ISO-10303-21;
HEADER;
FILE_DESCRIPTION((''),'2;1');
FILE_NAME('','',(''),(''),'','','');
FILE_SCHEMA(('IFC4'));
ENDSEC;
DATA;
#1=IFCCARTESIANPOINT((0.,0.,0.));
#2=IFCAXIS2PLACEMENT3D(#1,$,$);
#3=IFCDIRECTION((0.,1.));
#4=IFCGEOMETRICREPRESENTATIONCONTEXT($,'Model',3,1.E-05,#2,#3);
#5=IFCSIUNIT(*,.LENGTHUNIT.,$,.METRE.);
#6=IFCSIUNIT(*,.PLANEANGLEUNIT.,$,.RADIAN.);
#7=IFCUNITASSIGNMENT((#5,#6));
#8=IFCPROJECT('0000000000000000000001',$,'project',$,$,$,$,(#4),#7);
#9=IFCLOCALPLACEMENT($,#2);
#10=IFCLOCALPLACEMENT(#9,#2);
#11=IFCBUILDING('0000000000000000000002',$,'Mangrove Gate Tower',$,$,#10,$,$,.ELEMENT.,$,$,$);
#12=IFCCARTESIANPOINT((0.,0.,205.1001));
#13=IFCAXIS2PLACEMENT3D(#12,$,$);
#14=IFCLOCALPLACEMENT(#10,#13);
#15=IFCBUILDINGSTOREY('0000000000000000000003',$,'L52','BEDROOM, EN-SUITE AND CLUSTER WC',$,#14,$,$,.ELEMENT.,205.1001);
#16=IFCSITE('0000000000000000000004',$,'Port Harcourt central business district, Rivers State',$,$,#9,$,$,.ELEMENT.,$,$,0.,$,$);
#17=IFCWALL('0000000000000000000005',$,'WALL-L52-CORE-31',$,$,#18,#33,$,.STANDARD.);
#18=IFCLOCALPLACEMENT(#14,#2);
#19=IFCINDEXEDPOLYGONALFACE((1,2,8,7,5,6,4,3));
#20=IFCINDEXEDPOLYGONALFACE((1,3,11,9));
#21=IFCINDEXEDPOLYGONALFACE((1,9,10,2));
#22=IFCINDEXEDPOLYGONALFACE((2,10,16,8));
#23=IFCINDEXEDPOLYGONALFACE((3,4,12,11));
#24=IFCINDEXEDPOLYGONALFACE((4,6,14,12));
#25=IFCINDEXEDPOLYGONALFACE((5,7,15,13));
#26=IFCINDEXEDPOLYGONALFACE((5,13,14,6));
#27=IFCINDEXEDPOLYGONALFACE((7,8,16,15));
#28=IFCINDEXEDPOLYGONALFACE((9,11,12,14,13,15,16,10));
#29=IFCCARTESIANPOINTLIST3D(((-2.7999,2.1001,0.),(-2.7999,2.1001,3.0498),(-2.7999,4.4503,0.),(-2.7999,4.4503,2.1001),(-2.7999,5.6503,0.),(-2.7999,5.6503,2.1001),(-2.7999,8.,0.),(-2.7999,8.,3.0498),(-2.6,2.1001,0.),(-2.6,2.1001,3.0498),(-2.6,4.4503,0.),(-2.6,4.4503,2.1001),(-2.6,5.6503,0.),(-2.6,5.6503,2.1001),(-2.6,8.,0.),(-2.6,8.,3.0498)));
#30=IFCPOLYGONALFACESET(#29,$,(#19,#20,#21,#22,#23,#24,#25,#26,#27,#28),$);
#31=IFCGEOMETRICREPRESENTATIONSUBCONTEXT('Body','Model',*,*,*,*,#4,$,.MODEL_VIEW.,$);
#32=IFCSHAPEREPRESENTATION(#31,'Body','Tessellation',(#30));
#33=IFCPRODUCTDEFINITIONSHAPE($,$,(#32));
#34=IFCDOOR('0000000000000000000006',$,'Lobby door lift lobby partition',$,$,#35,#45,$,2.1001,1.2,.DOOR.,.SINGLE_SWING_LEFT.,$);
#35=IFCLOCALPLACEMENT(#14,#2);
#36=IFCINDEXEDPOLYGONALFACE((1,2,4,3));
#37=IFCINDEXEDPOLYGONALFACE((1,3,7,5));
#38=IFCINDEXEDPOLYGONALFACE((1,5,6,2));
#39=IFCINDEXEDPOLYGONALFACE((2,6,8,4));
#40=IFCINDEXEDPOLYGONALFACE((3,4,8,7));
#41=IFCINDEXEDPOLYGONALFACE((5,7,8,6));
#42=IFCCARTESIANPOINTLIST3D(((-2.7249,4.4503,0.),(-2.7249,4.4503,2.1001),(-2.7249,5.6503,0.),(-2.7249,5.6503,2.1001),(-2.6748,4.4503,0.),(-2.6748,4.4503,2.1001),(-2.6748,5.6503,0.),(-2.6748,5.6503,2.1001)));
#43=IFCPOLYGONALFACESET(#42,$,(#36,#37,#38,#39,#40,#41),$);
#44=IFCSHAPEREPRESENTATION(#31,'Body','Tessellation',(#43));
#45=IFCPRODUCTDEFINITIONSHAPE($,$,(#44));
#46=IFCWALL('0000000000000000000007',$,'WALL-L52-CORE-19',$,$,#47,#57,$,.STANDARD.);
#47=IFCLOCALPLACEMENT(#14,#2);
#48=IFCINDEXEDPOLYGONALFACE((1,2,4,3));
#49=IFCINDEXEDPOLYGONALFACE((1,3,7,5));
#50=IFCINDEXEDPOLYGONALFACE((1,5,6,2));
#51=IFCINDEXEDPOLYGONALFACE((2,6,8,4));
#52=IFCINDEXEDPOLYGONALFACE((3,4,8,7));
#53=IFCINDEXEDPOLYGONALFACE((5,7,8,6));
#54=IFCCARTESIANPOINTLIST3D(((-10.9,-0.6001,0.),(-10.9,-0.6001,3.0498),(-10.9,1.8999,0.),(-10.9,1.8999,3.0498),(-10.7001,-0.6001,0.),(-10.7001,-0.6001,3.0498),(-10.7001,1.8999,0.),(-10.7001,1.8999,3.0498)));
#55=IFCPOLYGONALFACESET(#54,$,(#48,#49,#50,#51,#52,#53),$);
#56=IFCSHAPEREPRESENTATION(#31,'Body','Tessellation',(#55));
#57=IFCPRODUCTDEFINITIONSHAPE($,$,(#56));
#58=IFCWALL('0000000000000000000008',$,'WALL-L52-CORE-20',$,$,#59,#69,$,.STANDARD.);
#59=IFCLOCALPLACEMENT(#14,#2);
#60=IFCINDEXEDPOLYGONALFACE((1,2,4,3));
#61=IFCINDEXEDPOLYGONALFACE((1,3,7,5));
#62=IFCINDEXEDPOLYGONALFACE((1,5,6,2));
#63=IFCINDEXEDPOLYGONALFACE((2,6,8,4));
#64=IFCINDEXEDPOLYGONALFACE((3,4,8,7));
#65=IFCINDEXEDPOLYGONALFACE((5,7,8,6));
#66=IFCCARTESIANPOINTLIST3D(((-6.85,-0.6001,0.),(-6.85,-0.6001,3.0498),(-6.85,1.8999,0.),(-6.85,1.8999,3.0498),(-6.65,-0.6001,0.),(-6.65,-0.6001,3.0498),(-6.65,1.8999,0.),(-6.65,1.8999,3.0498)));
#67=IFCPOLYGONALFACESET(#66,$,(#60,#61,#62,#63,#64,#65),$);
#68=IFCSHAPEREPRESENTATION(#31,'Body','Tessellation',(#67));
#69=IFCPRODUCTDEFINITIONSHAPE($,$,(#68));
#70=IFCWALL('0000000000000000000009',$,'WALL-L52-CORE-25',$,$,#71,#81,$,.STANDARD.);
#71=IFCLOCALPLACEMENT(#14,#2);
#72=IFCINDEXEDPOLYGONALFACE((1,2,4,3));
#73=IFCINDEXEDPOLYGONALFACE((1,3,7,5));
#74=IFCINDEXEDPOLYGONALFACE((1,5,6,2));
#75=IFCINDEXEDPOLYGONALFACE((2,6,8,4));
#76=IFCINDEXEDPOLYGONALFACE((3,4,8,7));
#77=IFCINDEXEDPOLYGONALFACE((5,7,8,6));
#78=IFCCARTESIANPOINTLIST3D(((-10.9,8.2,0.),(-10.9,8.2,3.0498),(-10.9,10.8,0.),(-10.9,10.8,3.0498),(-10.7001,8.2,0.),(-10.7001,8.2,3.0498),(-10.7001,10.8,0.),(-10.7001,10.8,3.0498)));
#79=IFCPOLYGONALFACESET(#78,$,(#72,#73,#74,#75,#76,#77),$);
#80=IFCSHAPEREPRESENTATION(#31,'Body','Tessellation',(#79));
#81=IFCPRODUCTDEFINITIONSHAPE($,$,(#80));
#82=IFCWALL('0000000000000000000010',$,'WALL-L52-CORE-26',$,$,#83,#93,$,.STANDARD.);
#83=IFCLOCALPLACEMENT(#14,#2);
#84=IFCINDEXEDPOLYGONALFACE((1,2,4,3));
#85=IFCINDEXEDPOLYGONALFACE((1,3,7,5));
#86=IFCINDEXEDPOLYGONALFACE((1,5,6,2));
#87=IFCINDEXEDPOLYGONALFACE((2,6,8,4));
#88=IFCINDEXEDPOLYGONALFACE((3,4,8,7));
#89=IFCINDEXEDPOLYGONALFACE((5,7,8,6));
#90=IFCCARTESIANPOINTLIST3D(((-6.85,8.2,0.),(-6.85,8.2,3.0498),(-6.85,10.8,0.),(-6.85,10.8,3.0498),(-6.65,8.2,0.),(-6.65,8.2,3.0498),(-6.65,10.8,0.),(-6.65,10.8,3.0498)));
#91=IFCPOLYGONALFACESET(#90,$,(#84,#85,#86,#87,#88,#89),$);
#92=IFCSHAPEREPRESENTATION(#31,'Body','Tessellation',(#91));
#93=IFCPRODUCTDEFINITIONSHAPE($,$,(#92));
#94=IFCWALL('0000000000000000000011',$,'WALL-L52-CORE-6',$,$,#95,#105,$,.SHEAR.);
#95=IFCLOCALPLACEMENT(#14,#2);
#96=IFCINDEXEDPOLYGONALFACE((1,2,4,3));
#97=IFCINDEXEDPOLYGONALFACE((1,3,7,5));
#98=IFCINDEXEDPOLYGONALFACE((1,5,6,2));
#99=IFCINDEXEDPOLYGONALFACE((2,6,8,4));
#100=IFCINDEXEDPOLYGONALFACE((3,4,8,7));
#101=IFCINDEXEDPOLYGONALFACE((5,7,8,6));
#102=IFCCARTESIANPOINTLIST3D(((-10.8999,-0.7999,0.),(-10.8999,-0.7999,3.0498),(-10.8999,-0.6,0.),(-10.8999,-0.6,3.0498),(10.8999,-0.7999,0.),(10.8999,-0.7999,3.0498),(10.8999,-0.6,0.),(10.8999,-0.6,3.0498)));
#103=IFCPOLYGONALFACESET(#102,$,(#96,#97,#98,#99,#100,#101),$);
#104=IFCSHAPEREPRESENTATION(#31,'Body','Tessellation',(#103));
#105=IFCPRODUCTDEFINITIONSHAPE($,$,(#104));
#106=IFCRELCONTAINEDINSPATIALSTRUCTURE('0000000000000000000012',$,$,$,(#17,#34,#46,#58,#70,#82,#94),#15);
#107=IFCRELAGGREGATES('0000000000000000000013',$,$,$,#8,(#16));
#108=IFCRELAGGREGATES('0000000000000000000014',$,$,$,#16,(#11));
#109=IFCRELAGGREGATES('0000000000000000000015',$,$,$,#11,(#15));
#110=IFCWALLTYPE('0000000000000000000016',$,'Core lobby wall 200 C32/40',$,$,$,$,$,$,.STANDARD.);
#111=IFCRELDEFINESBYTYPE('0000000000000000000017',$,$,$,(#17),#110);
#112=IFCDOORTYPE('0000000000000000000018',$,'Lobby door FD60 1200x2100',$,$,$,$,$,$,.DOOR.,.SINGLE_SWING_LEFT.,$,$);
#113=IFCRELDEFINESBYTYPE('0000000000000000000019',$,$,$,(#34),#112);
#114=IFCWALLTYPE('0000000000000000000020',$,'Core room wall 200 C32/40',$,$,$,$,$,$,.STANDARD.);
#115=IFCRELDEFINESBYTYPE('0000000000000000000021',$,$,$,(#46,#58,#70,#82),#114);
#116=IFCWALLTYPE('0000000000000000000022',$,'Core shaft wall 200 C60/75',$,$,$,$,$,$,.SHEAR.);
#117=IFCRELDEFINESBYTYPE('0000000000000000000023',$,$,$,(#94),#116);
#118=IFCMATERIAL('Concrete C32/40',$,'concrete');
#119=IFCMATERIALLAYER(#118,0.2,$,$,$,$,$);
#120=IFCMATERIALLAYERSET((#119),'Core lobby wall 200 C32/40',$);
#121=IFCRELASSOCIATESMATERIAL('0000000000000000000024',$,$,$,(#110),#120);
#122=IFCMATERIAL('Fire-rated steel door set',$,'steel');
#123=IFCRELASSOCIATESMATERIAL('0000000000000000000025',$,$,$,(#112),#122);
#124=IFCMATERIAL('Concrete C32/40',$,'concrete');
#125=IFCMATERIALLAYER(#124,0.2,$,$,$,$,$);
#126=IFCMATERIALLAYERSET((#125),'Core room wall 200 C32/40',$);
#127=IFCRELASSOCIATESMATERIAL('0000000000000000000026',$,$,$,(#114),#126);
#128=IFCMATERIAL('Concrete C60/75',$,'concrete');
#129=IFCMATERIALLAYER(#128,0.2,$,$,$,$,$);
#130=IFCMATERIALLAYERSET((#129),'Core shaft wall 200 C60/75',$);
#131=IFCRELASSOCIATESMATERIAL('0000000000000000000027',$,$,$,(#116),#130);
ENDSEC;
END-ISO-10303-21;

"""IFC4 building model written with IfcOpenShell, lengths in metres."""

from ifc_helpers import new_model, si_unit, direction, frame, frame_2d, origin, place, context, subcontext, project, spatial, rectangle, extrude, material, layer, layer_set, type_object, element, fill, save


model = new_model("IFC4")

# Units and contexts
model_context = context("Model", 3, precision=1e-05, world=origin(), true_north=direction((0.0, 1.0)))
body_context = subcontext(model_context, "Body", "Model", "MODEL_VIEW")
ifc_project = project(units=[si_unit("LENGTHUNIT", "METRE"), si_unit("PLANEANGLEUNIT", "RADIAN")], contexts=[model_context])

# Site, building, storey
site_placement = place(None, origin())
site = spatial("IfcSite", under=ifc_project, at=site_placement, Name="Port Harcourt central business district, Rivers State", CompositionType="ELEMENT", RefElevation=0.0)
building_placement = place(site_placement, origin())
building = spatial("IfcBuilding", under=site, at=building_placement, Name="Mangrove Gate Tower", CompositionType="ELEMENT")
storey_placement = place(building_placement, frame((0.0, 0.0, 205.1001)))
storey = spatial("IfcBuildingStorey", under=building, at=storey_placement, Name="L52", Description="BEDROOM, EN-SUITE AND CLUSTER WC", CompositionType="ELEMENT", Elevation=205.1001)

# Wall, opening, door
ifc_material_1 = material(Name="Concrete C32/40", Category="concrete")
ifc_layer_1 = layer(ifc_material_1, 0.2)
ifc_layer_set_1 = layer_set([ifc_layer_1], Name="Core lobby wall 200 C32/40")
wall_type_1 = type_object("IfcWallType", Name="Core lobby wall 200 C32/40", PredefinedType="STANDARD", material=ifc_layer_set_1)
wall_1_placement = place(storey_placement, frame((-2.7, 2.1001, 0.0), z_axis=(0.0, 0.0, 1.0), x_axis=(0.0, 1.0, 0.0)))
wall_1 = element("IfcWall", 1, at=wall_1_placement, inside=storey, type_object=wall_type_1, Name="WALL-L52-CORE-31", PredefinedType="STANDARD", context=body_context, shape_type="SweptSolid", body=[
    extrude(rectangle(XDim=5.8999, YDim=0.2, at=frame_2d((2.95, 0.0))), origin(), (0.0, 0.0, 1.0), 3.0498),
])
opening_1_placement = place(wall_1_placement, frame((2.3501, 0.0, 0.0)))
opening_1 = element("IfcOpeningElement", 2, at=opening_1_placement, cuts=wall_1, PredefinedType="OPENING", context=body_context, shape_type="SweptSolid", body=[
    extrude(rectangle(XDim=1.2, YDim=2.1001, at=frame_2d((0.6001, 1.05))), frame((0.0, 0.1099, 0.0), z_axis=(0.0, -1.0, 0.0), x_axis=(1.0, 0.0, 0.0)), (0.0, 0.0, 1.0), 0.22),
])
ifc_material_2 = material(Name="Fire-rated steel door set", Category="steel")
door_type_1 = type_object("IfcDoorType", Name="Lobby door FD60 1200x2100", OperationType="SINGLE_SWING_LEFT", PredefinedType="DOOR", material=ifc_material_2)
door_1_placement = place(opening_1_placement, origin())
door_1 = element("IfcDoor", 3, at=door_1_placement, inside=storey, type_object=door_type_1, Name="Lobby door lift lobby partition", OperationType="SINGLE_SWING_LEFT", OverallHeight=2.1001, OverallWidth=1.2, PredefinedType="DOOR", context=body_context, shape_type="SweptSolid", body=[
    extrude(rectangle(XDim=1.2, YDim=2.1001, at=frame_2d((0.6001, 1.05))), frame((0.0, 0.0249, 0.0), z_axis=(0.0, -1.0, 0.0), x_axis=(1.0, 0.0, 0.0)), (0.0, 0.0, 1.0), 0.05),
])
fill(opening_1, door_1)

# Walls
ifc_material_3 = material(Name="Concrete C32/40", Category="concrete")
ifc_layer_2 = layer(ifc_material_3, 0.2)
ifc_layer_set_2 = layer_set([ifc_layer_2], Name="Core room wall 200 C32/40")
wall_type_2 = type_object("IfcWallType", Name="Core room wall 200 C32/40", PredefinedType="STANDARD", material=ifc_layer_set_2)
for number, where, z_axis, x_axis, name in (
    (4, (-10.8, -0.6001, 0.0), (0.0, 0.0, 1.0), (0.0, 1.0, 0.0), "WALL-L52-CORE-19"),
    (5, (-6.75, -0.6001, 0.0), (0.0, 0.0, 1.0), (0.0, 1.0, 0.0), "WALL-L52-CORE-20"),
):
    element("IfcWall", number, at=place(storey_placement, frame(where, z_axis=z_axis, x_axis=x_axis)), inside=storey, type_object=wall_type_2, Name=name, PredefinedType="STANDARD", context=body_context, shape_type="SweptSolid", body=[
        extrude(rectangle(XDim=2.5, YDim=0.2, at=frame_2d((1.25, 0.0))), origin(), (0.0, 0.0, 1.0), 3.0498),
    ])
for number, where, z_axis, x_axis, name in (
    (6, (-10.8, 8.2, 0.0), (0.0, 0.0, 1.0), (0.0, 1.0, 0.0), "WALL-L52-CORE-25"),
    (7, (-6.75, 8.2, 0.0), (0.0, 0.0, 1.0), (0.0, 1.0, 0.0), "WALL-L52-CORE-26"),
):
    element("IfcWall", number, at=place(storey_placement, frame(where, z_axis=z_axis, x_axis=x_axis)), inside=storey, type_object=wall_type_2, Name=name, PredefinedType="STANDARD", context=body_context, shape_type="SweptSolid", body=[
        extrude(rectangle(XDim=2.6001, YDim=0.2, at=frame_2d((1.3, 0.0))), origin(), (0.0, 0.0, 1.0), 3.0498),
    ])
ifc_material_4 = material(Name="Concrete C60/75", Category="concrete")
ifc_layer_3 = layer(ifc_material_4, 0.2)
ifc_layer_set_3 = layer_set([ifc_layer_3], Name="Core shaft wall 200 C60/75")
wall_type_3 = type_object("IfcWallType", Name="Core shaft wall 200 C60/75", PredefinedType="SHEAR", material=ifc_layer_set_3)
wall_2_placement = place(storey_placement, frame((-10.8999, -0.7, 0.0), z_axis=(0.0, 0.0, 1.0), x_axis=(1.0, 0.0, 0.0)))
element("IfcWall", 8, at=wall_2_placement, inside=storey, type_object=wall_type_3, Name="WALL-L52-CORE-6", PredefinedType="SHEAR", context=body_context, shape_type="SweptSolid", body=[
    extrude(rectangle(XDim=21.7998, YDim=0.2, at=frame_2d((10.8999, 0.0))), origin(), (0.0, 0.0, 1.0), 3.0498),
])

save(model, "model.ifc")
